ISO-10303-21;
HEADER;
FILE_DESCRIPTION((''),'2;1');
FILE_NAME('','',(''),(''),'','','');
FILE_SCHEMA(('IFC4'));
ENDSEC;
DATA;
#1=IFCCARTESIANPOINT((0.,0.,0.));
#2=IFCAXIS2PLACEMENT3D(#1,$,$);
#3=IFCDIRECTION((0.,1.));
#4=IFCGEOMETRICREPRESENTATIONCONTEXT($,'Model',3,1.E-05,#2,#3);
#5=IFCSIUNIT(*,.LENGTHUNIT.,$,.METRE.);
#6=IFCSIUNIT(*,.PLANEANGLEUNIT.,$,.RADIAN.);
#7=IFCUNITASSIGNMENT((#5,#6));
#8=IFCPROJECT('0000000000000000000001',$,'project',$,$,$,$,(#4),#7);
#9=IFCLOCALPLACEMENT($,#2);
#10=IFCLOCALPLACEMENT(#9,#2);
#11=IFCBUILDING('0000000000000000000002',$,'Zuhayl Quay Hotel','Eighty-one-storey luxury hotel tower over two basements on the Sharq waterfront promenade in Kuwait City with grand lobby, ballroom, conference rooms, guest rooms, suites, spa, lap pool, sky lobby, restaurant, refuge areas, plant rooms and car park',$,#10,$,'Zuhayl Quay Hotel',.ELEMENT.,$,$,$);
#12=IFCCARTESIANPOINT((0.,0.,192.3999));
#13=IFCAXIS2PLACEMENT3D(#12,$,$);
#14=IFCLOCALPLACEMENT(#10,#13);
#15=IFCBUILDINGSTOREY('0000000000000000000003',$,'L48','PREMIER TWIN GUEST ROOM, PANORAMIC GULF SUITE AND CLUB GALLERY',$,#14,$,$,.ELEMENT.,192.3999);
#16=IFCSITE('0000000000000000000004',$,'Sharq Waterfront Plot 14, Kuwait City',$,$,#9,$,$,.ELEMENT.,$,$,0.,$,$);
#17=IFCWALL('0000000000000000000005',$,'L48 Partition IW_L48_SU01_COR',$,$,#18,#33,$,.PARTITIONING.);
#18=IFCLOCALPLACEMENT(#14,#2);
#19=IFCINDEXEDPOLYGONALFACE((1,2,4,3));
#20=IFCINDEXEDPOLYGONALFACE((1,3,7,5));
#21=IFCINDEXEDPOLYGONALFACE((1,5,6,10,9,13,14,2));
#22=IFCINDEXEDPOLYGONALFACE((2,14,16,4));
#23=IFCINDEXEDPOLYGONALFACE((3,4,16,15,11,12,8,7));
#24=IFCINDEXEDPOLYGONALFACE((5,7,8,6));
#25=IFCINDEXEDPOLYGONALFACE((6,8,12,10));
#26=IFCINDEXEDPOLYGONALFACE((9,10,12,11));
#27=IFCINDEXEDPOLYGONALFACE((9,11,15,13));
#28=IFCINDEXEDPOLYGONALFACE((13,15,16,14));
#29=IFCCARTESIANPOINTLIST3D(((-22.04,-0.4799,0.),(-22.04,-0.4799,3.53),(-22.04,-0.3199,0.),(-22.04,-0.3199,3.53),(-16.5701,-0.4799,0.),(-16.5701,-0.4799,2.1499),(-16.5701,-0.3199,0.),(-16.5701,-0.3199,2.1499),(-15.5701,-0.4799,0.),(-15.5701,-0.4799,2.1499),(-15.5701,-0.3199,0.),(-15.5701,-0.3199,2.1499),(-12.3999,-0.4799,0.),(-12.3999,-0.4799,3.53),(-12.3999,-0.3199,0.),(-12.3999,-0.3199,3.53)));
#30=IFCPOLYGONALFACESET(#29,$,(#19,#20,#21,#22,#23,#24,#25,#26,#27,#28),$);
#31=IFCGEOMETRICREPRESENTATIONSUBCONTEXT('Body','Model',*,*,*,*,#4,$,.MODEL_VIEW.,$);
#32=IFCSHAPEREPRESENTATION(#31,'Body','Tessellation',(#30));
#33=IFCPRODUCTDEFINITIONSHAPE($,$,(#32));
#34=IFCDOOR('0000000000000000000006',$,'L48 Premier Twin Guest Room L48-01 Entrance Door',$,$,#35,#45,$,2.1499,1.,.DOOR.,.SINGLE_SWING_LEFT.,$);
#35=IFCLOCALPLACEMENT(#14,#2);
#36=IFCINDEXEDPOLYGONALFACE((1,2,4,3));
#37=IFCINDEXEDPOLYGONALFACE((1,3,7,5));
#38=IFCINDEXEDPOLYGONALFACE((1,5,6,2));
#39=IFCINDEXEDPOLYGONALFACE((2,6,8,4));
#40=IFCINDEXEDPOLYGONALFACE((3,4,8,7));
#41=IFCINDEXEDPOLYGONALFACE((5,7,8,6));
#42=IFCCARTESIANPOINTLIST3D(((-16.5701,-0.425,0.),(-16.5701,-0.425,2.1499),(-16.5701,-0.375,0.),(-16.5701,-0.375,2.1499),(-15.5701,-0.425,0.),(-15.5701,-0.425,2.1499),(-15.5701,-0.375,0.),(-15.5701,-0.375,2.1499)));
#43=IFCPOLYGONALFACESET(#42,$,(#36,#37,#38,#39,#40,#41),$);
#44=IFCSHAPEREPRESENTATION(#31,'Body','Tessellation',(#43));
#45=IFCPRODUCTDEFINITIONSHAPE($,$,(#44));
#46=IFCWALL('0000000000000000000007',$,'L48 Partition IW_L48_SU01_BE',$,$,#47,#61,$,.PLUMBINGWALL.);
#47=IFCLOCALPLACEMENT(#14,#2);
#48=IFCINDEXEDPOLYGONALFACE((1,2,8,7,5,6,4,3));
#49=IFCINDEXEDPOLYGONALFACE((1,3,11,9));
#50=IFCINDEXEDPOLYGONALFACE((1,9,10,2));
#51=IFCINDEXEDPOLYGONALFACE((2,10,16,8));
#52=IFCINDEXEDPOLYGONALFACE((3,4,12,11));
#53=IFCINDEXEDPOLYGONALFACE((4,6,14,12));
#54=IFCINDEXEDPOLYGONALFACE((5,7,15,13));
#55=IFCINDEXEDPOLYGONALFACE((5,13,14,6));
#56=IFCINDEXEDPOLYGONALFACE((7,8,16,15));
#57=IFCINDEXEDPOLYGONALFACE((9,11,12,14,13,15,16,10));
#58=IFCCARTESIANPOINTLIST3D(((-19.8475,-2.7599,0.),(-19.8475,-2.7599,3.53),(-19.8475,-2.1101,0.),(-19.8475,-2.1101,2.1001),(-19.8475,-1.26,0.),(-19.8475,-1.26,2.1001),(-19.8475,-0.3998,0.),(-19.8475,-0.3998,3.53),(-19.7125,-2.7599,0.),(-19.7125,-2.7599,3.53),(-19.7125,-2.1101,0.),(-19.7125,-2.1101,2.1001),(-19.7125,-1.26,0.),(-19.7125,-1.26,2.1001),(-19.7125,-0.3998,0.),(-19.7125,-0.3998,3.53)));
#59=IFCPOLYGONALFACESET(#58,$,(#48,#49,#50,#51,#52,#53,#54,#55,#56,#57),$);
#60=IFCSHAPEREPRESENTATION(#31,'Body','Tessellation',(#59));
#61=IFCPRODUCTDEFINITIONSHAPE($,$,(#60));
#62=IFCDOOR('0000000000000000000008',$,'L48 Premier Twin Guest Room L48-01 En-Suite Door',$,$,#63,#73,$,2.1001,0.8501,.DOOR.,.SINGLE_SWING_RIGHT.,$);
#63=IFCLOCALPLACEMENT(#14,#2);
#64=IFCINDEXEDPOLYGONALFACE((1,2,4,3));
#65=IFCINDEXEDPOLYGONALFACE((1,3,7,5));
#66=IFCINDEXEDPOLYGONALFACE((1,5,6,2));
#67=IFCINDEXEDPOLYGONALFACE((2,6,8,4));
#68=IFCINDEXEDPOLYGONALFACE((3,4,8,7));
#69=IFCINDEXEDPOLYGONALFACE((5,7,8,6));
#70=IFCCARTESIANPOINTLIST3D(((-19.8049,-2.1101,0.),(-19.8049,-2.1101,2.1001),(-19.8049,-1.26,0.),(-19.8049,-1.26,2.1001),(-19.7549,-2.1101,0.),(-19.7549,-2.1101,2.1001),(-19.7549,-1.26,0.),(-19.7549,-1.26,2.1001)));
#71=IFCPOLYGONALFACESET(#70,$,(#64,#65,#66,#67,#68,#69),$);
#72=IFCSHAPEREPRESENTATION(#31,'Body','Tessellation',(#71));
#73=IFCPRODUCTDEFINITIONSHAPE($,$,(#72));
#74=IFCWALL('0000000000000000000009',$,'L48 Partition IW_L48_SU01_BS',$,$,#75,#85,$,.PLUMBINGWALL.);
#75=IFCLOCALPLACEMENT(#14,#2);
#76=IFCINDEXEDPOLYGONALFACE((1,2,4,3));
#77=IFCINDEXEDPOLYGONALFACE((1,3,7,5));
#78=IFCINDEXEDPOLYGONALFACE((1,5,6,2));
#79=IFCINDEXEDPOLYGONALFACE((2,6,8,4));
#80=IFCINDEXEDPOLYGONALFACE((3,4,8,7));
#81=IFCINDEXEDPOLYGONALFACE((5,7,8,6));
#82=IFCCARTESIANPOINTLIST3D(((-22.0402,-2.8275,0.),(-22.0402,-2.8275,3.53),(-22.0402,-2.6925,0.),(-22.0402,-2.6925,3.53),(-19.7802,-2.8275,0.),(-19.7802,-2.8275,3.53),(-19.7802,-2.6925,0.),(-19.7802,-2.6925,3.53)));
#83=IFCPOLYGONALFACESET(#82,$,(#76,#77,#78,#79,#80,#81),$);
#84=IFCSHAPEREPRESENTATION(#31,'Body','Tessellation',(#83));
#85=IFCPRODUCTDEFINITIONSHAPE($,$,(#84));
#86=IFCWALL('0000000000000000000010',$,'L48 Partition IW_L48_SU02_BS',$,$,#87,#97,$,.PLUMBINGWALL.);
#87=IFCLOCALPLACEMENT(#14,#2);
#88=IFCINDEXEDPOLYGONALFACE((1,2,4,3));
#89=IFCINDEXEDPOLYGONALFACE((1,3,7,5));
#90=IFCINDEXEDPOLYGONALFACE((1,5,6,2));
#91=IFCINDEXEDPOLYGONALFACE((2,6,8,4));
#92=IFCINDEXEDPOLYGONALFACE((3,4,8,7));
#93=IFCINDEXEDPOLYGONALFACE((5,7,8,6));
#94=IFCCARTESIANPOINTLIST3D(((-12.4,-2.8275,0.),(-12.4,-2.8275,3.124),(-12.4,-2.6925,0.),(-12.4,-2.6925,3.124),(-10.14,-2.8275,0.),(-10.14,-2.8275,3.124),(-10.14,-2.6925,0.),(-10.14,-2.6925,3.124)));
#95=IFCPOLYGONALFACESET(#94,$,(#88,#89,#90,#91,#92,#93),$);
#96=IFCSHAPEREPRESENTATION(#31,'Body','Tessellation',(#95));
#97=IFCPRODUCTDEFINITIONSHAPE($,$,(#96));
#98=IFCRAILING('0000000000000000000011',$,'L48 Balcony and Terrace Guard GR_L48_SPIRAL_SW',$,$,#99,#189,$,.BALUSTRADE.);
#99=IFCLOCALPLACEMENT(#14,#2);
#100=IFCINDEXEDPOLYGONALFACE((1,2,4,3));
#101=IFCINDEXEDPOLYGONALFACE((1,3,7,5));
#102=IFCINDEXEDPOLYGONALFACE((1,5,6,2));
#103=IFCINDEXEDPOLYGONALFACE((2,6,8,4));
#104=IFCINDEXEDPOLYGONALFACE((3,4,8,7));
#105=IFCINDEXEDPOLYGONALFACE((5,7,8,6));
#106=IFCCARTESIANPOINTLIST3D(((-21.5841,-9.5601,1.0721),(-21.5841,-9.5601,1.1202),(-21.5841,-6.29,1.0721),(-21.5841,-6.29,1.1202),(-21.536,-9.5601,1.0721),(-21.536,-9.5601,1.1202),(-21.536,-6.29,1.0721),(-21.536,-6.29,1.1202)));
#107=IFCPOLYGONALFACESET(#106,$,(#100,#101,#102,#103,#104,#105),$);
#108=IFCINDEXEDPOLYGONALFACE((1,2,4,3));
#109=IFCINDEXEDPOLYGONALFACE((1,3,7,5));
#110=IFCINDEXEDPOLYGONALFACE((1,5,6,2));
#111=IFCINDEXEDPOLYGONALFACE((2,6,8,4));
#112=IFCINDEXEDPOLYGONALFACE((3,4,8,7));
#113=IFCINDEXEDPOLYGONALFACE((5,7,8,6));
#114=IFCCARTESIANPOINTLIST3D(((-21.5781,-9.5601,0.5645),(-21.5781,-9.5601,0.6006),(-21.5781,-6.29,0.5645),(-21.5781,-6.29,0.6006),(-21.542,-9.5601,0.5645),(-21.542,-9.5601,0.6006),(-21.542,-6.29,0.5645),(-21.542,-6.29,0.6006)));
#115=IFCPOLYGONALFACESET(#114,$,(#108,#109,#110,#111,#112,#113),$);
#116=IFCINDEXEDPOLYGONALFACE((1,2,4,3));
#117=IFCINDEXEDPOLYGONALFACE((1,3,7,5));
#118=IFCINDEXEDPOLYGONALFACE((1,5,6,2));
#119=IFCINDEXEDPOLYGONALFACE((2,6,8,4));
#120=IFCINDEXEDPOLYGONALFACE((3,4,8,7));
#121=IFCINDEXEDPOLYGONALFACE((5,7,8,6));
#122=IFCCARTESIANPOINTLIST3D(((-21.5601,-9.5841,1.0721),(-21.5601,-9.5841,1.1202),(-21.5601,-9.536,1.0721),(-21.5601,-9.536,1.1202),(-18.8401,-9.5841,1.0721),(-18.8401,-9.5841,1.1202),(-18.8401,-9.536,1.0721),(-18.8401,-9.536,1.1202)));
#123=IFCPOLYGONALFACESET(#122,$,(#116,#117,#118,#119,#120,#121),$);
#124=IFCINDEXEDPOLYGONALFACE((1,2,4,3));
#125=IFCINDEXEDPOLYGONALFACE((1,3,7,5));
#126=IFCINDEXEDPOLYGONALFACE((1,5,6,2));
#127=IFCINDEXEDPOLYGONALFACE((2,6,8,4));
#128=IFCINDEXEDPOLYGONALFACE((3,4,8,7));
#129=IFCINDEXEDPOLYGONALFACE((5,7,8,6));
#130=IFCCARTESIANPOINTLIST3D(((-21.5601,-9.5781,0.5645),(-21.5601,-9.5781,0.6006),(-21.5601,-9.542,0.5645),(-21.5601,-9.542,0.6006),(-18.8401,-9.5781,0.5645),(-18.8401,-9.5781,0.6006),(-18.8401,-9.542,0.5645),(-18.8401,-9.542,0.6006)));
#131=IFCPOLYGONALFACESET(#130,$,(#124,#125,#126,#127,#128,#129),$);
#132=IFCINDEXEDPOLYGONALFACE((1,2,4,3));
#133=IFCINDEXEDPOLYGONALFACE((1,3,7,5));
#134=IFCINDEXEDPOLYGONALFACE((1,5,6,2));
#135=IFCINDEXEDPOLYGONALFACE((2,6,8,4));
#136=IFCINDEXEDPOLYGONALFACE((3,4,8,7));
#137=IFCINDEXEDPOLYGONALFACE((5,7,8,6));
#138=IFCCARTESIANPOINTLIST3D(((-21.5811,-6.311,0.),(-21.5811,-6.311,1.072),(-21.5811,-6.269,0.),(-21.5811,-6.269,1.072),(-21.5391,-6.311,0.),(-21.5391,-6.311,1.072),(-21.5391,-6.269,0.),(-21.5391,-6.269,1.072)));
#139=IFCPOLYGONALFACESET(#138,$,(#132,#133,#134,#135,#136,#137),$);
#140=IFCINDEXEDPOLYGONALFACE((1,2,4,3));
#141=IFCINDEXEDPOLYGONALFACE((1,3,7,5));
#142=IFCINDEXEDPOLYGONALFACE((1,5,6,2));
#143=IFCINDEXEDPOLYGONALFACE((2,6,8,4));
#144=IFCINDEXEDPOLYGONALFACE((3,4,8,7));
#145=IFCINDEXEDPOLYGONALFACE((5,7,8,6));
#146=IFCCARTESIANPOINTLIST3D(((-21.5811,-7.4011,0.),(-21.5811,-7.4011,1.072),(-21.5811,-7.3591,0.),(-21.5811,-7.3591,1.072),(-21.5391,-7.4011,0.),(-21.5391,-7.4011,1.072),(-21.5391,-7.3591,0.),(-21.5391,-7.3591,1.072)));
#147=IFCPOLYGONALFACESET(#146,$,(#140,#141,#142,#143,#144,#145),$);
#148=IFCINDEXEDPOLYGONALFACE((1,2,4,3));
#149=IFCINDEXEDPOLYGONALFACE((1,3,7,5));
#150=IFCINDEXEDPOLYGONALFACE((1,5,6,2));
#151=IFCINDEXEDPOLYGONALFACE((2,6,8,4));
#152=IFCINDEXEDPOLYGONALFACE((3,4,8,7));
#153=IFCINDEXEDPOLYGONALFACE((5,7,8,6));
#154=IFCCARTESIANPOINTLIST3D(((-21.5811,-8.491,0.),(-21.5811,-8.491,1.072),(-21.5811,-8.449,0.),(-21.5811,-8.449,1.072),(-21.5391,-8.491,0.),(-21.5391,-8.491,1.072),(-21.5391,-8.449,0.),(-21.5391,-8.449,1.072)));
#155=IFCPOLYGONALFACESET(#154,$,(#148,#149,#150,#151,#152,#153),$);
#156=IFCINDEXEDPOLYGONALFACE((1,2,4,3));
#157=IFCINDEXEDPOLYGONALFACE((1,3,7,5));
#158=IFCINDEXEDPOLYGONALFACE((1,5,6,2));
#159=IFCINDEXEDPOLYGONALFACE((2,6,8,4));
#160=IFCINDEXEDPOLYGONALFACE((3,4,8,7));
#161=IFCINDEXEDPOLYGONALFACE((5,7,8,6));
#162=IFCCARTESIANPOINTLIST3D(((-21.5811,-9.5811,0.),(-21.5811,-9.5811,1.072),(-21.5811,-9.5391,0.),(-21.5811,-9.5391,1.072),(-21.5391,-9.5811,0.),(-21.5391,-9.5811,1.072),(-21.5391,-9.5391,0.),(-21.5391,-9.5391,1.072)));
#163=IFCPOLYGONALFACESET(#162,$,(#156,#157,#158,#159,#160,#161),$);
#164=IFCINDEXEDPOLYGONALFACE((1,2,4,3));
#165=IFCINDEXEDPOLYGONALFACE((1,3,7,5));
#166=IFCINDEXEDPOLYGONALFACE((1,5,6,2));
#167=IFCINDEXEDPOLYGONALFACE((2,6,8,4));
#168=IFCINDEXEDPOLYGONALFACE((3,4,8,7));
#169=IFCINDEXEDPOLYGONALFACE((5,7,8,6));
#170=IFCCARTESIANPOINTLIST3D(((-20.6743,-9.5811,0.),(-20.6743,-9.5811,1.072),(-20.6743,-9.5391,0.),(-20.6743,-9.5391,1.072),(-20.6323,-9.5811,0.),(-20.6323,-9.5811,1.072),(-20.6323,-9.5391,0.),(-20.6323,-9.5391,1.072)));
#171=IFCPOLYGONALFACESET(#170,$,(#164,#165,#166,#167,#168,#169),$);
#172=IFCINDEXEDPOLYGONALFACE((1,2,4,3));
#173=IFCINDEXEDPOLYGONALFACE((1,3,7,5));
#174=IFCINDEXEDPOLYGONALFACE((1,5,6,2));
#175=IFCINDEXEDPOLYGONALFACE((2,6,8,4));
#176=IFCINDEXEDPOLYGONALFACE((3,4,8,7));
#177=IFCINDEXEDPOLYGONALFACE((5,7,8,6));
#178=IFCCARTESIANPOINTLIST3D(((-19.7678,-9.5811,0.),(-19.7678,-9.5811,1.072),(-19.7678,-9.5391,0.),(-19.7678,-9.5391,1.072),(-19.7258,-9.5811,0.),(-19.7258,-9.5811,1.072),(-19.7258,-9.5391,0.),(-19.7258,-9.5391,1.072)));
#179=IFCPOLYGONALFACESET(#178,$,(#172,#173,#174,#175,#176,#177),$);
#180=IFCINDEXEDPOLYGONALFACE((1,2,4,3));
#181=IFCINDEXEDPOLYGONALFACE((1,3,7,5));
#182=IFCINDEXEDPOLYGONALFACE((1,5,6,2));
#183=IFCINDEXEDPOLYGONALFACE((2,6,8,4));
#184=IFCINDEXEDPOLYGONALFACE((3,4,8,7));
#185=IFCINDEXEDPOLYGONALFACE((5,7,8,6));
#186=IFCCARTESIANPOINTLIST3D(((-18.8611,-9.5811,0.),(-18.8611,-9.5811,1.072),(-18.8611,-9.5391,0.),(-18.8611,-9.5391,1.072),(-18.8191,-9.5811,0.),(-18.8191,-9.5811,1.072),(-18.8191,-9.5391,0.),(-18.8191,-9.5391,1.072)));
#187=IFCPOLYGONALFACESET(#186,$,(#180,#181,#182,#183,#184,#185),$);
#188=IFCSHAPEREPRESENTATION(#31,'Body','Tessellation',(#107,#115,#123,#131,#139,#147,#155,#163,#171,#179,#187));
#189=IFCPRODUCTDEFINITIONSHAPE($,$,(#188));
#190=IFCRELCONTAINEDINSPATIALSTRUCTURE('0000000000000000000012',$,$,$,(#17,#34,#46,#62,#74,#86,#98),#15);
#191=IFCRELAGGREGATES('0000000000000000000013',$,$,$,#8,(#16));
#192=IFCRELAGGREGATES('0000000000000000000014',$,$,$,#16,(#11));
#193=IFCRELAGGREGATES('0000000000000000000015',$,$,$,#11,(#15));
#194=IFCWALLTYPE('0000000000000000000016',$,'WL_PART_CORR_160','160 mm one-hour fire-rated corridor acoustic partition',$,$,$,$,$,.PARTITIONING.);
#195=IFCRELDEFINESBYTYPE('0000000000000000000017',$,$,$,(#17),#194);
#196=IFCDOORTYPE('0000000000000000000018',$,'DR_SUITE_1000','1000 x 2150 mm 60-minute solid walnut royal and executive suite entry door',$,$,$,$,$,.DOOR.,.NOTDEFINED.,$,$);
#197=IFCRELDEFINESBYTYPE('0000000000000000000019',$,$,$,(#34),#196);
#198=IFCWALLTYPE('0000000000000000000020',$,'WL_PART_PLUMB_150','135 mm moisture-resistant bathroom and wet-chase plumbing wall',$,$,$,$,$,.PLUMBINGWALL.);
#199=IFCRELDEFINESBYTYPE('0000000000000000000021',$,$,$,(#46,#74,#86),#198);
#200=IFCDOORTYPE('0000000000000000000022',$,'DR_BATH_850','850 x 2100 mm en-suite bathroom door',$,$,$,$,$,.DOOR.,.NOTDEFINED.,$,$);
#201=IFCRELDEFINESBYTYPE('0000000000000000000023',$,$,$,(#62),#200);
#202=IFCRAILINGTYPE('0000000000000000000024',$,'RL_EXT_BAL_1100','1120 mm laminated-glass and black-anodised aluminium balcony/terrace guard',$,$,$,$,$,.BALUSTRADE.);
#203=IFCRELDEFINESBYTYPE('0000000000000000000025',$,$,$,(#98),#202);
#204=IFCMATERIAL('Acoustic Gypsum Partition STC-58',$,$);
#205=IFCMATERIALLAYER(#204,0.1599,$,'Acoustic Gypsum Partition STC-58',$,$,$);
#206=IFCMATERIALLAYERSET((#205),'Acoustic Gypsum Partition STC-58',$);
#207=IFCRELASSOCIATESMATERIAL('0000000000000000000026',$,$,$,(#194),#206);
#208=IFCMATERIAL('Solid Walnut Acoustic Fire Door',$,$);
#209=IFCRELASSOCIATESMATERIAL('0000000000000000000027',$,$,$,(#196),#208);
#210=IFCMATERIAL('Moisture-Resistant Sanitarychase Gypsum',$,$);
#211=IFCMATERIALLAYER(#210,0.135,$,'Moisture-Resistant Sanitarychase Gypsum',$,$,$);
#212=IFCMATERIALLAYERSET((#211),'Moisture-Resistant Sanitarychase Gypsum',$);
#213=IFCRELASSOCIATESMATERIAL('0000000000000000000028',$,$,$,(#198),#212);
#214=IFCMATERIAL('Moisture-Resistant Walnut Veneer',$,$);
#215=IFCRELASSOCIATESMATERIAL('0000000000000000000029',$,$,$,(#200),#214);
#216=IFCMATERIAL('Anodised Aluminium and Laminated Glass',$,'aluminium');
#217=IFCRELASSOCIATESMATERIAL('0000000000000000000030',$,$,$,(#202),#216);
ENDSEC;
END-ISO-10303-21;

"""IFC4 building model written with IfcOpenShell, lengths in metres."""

from ifc_helpers import new_model, si_unit, direction, frame, frame_2d, origin, origin_2d, place, context, subcontext, project, spatial, rectangle, extrude, material, layer, layer_set, type_object, element, fill, save


model = new_model("IFC4")

# Units and contexts
model_context = context("Model", 3, precision=1e-05, world=origin(), true_north=direction((0.0, 1.0)))
body_context = subcontext(model_context, "Body", "Model", "MODEL_VIEW")
ifc_project = project(units=[si_unit("LENGTHUNIT", "METRE"), si_unit("PLANEANGLEUNIT", "RADIAN")], contexts=[model_context])

# Site, building, storey
site_placement = place(None, origin())
site = spatial("IfcSite", under=ifc_project, at=site_placement, Name="Sharq Waterfront Plot 14, Kuwait City", CompositionType="ELEMENT", RefElevation=0.0)
building_placement = place(site_placement, origin())
building = spatial("IfcBuilding", under=site, at=building_placement, Name="Zuhayl Quay Hotel", Description="Eighty-one-storey luxury hotel tower over two basements on the Sharq waterfront promenade in Kuwait City with grand lobby, ballroom, conference rooms, guest rooms, suites, spa, lap pool, sky lobby, restaurant, refuge areas, plant rooms and car park", LongName="Zuhayl Quay Hotel", CompositionType="ELEMENT")
storey_placement = place(building_placement, frame((0.0, 0.0, 192.3999)))
storey = spatial("IfcBuildingStorey", under=building, at=storey_placement, Name="L48", Description="PREMIER TWIN GUEST ROOM, PANORAMIC GULF SUITE AND CLUB GALLERY", CompositionType="ELEMENT", Elevation=192.3999)

# Shared definitions
ifc_material_1 = material(Name="Acoustic Gypsum Partition STC-58")

# Walls, openings, doors
ifc_layer_1 = layer(ifc_material_1, 0.1599, Name="Acoustic Gypsum Partition STC-58")
ifc_layer_set_1 = layer_set([ifc_layer_1], Name="Acoustic Gypsum Partition STC-58")
wall_type_1 = type_object("IfcWallType", Name="WL_PART_CORR_160", Description="160 mm one-hour fire-rated corridor acoustic partition", PredefinedType="PARTITIONING", material=ifc_layer_set_1)
wall_1_placement = place(storey_placement, frame((-22.04, -0.3999, 0.0), z_axis=(0.0, 0.0, 1.0), x_axis=(1.0, 0.0, 0.0)))
wall_1 = element("IfcWall", 1, at=wall_1_placement, inside=storey, type_object=wall_type_1, Name="L48 Partition IW_L48_SU01_COR", PredefinedType="PARTITIONING", context=body_context, shape_type="SweptSolid", body=[
    extrude(rectangle(XDim=9.6401, YDim=0.1599, at=frame_2d((4.8201, 0.0))), origin(), (0.0, 0.0, 1.0), 3.53),
])
opening_1_placement = place(wall_1_placement, frame((5.47, 0.0, 0.0)))
opening_1 = element("IfcOpeningElement", 2, at=opening_1_placement, cuts=wall_1, PredefinedType="OPENING", context=body_context, shape_type="SweptSolid", body=[
    extrude(rectangle(XDim=1.0, YDim=2.1499, at=frame_2d((0.5, 1.075))), frame((0.0, 0.0898, 0.0), z_axis=(0.0, -1.0, 0.0), x_axis=(1.0, 0.0, 0.0)), (0.0, 0.0, 1.0), 0.1799),
])
ifc_material_2 = material(Name="Solid Walnut Acoustic Fire Door")
door_type_1 = type_object("IfcDoorType", Name="DR_SUITE_1000", Description="1000 x 2150 mm 60-minute solid walnut royal and executive suite entry door", OperationType="NOTDEFINED", PredefinedType="DOOR", material=ifc_material_2)
door_1_placement = place(opening_1_placement, origin())
door_1 = element("IfcDoor", 3, at=door_1_placement, inside=storey, type_object=door_type_1, Name="L48 Premier Twin Guest Room L48-01 Entrance Door", OperationType="SINGLE_SWING_LEFT", OverallHeight=2.1499, OverallWidth=1.0, PredefinedType="DOOR", context=body_context, shape_type="SweptSolid", body=[
    extrude(rectangle(XDim=1.0, YDim=2.1499, at=frame_2d((0.5, 1.075))), frame((0.0, 0.0249, 0.0), z_axis=(0.0, -1.0, 0.0), x_axis=(1.0, 0.0, 0.0)), (0.0, 0.0, 1.0), 0.05),
])
fill(opening_1, door_1)
ifc_material_3 = material(Name="Moisture-Resistant Sanitarychase Gypsum")
ifc_layer_2 = layer(ifc_material_3, 0.135, Name="Moisture-Resistant Sanitarychase Gypsum")
ifc_layer_set_2 = layer_set([ifc_layer_2], Name="Moisture-Resistant Sanitarychase Gypsum")
wall_type_2 = type_object("IfcWallType", Name="WL_PART_PLUMB_150", Description="135 mm moisture-resistant bathroom and wet-chase plumbing wall", PredefinedType="PLUMBINGWALL", material=ifc_layer_set_2)
wall_2_placement = place(storey_placement, frame((-19.78, -2.76, 0.0), z_axis=(0.0, 0.0, 1.0), x_axis=(0.0, 1.0, 0.0)))
wall_2 = element("IfcWall", 4, at=wall_2_placement, inside=storey, type_object=wall_type_2, Name="L48 Partition IW_L48_SU01_BE", PredefinedType="PLUMBINGWALL", context=body_context, shape_type="SweptSolid", body=[
    extrude(rectangle(XDim=2.3601, YDim=0.135, at=frame_2d((1.1802, 0.0))), origin(), (0.0, 0.0, 1.0), 3.53),
])
opening_2_placement = place(wall_2_placement, frame((0.6499, 0.0, 0.0)))
opening_2 = element("IfcOpeningElement", 5, at=opening_2_placement, cuts=wall_2, PredefinedType="OPENING", context=body_context, shape_type="SweptSolid", body=[
    extrude(rectangle(XDim=0.8501, YDim=2.1001, at=frame_2d((0.425, 1.05))), frame((0.0, 0.0774, 0.0), z_axis=(0.0, -1.0, 0.0), x_axis=(1.0, 0.0, 0.0)), (0.0, 0.0, 1.0), 0.155),
])
ifc_material_4 = material(Name="Moisture-Resistant Walnut Veneer")
door_type_2 = type_object("IfcDoorType", Name="DR_BATH_850", Description="850 x 2100 mm en-suite bathroom door", OperationType="NOTDEFINED", PredefinedType="DOOR", material=ifc_material_4)
door_2_placement = place(opening_2_placement, origin())
door_2 = element("IfcDoor", 6, at=door_2_placement, inside=storey, type_object=door_type_2, Name="L48 Premier Twin Guest Room L48-01 En-Suite Door", OperationType="SINGLE_SWING_RIGHT", OverallHeight=2.1001, OverallWidth=0.8501, PredefinedType="DOOR", context=body_context, shape_type="SweptSolid", body=[
    extrude(rectangle(XDim=0.8501, YDim=2.1001, at=frame_2d((0.425, 1.05))), frame((0.0, 0.0249, 0.0), z_axis=(0.0, -1.0, 0.0), x_axis=(1.0, 0.0, 0.0)), (0.0, 0.0, 1.0), 0.05),
])
fill(opening_2, door_2)

# Walls
wall_3_placement = place(storey_placement, frame((-22.04, -2.76, 0.0), z_axis=(0.0, 0.0, 1.0), x_axis=(1.0, 0.0, 0.0)))
element("IfcWall", 7, at=wall_3_placement, inside=storey, type_object=wall_type_2, Name="L48 Partition IW_L48_SU01_BS", PredefinedType="PLUMBINGWALL", context=body_context, shape_type="SweptSolid", body=[
    extrude(rectangle(XDim=2.26, YDim=0.135, at=frame_2d((1.1299, 0.0))), origin(), (0.0, 0.0, 1.0), 3.53),
])
wall_4_placement = place(storey_placement, frame((-12.3999, -2.76, 0.0), z_axis=(0.0, 0.0, 1.0), x_axis=(1.0, 0.0, 0.0)))
element("IfcWall", 8, at=wall_4_placement, inside=storey, type_object=wall_type_2, Name="L48 Partition IW_L48_SU02_BS", PredefinedType="PLUMBINGWALL", context=body_context, shape_type="SweptSolid", body=[
    extrude(rectangle(XDim=2.26, YDim=0.135, at=frame_2d((1.1299, 0.0))), origin(), (0.0, 0.0, 1.0), 3.124),
])

# Railing
ifc_material_5 = material(Name="Anodised Aluminium and Laminated Glass", Category="aluminium")
railing_type = type_object("IfcRailingType", Name="RL_EXT_BAL_1100", Description="1120 mm laminated-glass and black-anodised aluminium balcony/terrace guard", PredefinedType="BALUSTRADE", material=ifc_material_5)
railing_1_placement = place(storey_placement, frame((-21.5601, -6.29, 0.0)))
element("IfcRailing", 9, at=railing_1_placement, inside=storey, type_object=railing_type, Name="L48 Balcony and Terrace Guard GR_L48_SPIRAL_SW", PredefinedType="BALUSTRADE", context=body_context, shape_type="SweptSolid", body=[
    extrude(rectangle(XDim=0.0481, YDim=0.0481, at=origin_2d()), frame((0.0, 0.0, 1.0962), z_axis=(0.0, -1.0, 0.0), x_axis=(1.0, 0.0, 0.0)), (0.0, 0.0, 1.0), 3.27),
    extrude(rectangle(XDim=0.0361, YDim=0.0361, at=origin_2d()), frame((0.0, 0.0, 0.5825), z_axis=(0.0, -1.0, 0.0), x_axis=(1.0, 0.0, 0.0)), (0.0, 0.0, 1.0), 3.27),
    extrude(rectangle(XDim=0.0481, YDim=0.0481, at=origin_2d()), frame((0.0, -3.27, 1.0962), z_axis=(1.0, 0.0, 0.0), x_axis=(0.0, 1.0, 0.0)), (0.0, 0.0, 1.0), 2.72),
    extrude(rectangle(XDim=0.0361, YDim=0.0361, at=origin_2d()), frame((0.0, -3.27, 0.5825), z_axis=(1.0, 0.0, 0.0), x_axis=(0.0, 1.0, 0.0)), (0.0, 0.0, 1.0), 2.72),
    extrude(rectangle(XDim=0.042, YDim=0.042, at=origin_2d()), origin(), (0.0, 0.0, 1.0), 1.072),
    extrude(rectangle(XDim=0.042, YDim=0.042, at=origin_2d()), frame((0.0, -1.0901, 0.0)), (0.0, 0.0, 1.0), 1.072),
    extrude(rectangle(XDim=0.042, YDim=0.042, at=origin_2d()), frame((0.0, -2.1799, 0.0)), (0.0, 0.0, 1.0), 1.072),
    extrude(rectangle(XDim=0.042, YDim=0.042, at=origin_2d()), frame((0.0, -3.27, 0.0)), (0.0, 0.0, 1.0), 1.072),
    extrude(rectangle(XDim=0.042, YDim=0.042, at=origin_2d()), frame((0.9067, -3.27, 0.0)), (0.0, 0.0, 1.0), 1.072),
    extrude(rectangle(XDim=0.042, YDim=0.042, at=origin_2d()), frame((1.8132, -3.27, 0.0)), (0.0, 0.0, 1.0), 1.072),
    extrude(rectangle(XDim=0.042, YDim=0.042, at=origin_2d()), frame((2.72, -3.27, 0.0)), (0.0, 0.0, 1.0), 1.072),
])

save(model, "model.ifc")
